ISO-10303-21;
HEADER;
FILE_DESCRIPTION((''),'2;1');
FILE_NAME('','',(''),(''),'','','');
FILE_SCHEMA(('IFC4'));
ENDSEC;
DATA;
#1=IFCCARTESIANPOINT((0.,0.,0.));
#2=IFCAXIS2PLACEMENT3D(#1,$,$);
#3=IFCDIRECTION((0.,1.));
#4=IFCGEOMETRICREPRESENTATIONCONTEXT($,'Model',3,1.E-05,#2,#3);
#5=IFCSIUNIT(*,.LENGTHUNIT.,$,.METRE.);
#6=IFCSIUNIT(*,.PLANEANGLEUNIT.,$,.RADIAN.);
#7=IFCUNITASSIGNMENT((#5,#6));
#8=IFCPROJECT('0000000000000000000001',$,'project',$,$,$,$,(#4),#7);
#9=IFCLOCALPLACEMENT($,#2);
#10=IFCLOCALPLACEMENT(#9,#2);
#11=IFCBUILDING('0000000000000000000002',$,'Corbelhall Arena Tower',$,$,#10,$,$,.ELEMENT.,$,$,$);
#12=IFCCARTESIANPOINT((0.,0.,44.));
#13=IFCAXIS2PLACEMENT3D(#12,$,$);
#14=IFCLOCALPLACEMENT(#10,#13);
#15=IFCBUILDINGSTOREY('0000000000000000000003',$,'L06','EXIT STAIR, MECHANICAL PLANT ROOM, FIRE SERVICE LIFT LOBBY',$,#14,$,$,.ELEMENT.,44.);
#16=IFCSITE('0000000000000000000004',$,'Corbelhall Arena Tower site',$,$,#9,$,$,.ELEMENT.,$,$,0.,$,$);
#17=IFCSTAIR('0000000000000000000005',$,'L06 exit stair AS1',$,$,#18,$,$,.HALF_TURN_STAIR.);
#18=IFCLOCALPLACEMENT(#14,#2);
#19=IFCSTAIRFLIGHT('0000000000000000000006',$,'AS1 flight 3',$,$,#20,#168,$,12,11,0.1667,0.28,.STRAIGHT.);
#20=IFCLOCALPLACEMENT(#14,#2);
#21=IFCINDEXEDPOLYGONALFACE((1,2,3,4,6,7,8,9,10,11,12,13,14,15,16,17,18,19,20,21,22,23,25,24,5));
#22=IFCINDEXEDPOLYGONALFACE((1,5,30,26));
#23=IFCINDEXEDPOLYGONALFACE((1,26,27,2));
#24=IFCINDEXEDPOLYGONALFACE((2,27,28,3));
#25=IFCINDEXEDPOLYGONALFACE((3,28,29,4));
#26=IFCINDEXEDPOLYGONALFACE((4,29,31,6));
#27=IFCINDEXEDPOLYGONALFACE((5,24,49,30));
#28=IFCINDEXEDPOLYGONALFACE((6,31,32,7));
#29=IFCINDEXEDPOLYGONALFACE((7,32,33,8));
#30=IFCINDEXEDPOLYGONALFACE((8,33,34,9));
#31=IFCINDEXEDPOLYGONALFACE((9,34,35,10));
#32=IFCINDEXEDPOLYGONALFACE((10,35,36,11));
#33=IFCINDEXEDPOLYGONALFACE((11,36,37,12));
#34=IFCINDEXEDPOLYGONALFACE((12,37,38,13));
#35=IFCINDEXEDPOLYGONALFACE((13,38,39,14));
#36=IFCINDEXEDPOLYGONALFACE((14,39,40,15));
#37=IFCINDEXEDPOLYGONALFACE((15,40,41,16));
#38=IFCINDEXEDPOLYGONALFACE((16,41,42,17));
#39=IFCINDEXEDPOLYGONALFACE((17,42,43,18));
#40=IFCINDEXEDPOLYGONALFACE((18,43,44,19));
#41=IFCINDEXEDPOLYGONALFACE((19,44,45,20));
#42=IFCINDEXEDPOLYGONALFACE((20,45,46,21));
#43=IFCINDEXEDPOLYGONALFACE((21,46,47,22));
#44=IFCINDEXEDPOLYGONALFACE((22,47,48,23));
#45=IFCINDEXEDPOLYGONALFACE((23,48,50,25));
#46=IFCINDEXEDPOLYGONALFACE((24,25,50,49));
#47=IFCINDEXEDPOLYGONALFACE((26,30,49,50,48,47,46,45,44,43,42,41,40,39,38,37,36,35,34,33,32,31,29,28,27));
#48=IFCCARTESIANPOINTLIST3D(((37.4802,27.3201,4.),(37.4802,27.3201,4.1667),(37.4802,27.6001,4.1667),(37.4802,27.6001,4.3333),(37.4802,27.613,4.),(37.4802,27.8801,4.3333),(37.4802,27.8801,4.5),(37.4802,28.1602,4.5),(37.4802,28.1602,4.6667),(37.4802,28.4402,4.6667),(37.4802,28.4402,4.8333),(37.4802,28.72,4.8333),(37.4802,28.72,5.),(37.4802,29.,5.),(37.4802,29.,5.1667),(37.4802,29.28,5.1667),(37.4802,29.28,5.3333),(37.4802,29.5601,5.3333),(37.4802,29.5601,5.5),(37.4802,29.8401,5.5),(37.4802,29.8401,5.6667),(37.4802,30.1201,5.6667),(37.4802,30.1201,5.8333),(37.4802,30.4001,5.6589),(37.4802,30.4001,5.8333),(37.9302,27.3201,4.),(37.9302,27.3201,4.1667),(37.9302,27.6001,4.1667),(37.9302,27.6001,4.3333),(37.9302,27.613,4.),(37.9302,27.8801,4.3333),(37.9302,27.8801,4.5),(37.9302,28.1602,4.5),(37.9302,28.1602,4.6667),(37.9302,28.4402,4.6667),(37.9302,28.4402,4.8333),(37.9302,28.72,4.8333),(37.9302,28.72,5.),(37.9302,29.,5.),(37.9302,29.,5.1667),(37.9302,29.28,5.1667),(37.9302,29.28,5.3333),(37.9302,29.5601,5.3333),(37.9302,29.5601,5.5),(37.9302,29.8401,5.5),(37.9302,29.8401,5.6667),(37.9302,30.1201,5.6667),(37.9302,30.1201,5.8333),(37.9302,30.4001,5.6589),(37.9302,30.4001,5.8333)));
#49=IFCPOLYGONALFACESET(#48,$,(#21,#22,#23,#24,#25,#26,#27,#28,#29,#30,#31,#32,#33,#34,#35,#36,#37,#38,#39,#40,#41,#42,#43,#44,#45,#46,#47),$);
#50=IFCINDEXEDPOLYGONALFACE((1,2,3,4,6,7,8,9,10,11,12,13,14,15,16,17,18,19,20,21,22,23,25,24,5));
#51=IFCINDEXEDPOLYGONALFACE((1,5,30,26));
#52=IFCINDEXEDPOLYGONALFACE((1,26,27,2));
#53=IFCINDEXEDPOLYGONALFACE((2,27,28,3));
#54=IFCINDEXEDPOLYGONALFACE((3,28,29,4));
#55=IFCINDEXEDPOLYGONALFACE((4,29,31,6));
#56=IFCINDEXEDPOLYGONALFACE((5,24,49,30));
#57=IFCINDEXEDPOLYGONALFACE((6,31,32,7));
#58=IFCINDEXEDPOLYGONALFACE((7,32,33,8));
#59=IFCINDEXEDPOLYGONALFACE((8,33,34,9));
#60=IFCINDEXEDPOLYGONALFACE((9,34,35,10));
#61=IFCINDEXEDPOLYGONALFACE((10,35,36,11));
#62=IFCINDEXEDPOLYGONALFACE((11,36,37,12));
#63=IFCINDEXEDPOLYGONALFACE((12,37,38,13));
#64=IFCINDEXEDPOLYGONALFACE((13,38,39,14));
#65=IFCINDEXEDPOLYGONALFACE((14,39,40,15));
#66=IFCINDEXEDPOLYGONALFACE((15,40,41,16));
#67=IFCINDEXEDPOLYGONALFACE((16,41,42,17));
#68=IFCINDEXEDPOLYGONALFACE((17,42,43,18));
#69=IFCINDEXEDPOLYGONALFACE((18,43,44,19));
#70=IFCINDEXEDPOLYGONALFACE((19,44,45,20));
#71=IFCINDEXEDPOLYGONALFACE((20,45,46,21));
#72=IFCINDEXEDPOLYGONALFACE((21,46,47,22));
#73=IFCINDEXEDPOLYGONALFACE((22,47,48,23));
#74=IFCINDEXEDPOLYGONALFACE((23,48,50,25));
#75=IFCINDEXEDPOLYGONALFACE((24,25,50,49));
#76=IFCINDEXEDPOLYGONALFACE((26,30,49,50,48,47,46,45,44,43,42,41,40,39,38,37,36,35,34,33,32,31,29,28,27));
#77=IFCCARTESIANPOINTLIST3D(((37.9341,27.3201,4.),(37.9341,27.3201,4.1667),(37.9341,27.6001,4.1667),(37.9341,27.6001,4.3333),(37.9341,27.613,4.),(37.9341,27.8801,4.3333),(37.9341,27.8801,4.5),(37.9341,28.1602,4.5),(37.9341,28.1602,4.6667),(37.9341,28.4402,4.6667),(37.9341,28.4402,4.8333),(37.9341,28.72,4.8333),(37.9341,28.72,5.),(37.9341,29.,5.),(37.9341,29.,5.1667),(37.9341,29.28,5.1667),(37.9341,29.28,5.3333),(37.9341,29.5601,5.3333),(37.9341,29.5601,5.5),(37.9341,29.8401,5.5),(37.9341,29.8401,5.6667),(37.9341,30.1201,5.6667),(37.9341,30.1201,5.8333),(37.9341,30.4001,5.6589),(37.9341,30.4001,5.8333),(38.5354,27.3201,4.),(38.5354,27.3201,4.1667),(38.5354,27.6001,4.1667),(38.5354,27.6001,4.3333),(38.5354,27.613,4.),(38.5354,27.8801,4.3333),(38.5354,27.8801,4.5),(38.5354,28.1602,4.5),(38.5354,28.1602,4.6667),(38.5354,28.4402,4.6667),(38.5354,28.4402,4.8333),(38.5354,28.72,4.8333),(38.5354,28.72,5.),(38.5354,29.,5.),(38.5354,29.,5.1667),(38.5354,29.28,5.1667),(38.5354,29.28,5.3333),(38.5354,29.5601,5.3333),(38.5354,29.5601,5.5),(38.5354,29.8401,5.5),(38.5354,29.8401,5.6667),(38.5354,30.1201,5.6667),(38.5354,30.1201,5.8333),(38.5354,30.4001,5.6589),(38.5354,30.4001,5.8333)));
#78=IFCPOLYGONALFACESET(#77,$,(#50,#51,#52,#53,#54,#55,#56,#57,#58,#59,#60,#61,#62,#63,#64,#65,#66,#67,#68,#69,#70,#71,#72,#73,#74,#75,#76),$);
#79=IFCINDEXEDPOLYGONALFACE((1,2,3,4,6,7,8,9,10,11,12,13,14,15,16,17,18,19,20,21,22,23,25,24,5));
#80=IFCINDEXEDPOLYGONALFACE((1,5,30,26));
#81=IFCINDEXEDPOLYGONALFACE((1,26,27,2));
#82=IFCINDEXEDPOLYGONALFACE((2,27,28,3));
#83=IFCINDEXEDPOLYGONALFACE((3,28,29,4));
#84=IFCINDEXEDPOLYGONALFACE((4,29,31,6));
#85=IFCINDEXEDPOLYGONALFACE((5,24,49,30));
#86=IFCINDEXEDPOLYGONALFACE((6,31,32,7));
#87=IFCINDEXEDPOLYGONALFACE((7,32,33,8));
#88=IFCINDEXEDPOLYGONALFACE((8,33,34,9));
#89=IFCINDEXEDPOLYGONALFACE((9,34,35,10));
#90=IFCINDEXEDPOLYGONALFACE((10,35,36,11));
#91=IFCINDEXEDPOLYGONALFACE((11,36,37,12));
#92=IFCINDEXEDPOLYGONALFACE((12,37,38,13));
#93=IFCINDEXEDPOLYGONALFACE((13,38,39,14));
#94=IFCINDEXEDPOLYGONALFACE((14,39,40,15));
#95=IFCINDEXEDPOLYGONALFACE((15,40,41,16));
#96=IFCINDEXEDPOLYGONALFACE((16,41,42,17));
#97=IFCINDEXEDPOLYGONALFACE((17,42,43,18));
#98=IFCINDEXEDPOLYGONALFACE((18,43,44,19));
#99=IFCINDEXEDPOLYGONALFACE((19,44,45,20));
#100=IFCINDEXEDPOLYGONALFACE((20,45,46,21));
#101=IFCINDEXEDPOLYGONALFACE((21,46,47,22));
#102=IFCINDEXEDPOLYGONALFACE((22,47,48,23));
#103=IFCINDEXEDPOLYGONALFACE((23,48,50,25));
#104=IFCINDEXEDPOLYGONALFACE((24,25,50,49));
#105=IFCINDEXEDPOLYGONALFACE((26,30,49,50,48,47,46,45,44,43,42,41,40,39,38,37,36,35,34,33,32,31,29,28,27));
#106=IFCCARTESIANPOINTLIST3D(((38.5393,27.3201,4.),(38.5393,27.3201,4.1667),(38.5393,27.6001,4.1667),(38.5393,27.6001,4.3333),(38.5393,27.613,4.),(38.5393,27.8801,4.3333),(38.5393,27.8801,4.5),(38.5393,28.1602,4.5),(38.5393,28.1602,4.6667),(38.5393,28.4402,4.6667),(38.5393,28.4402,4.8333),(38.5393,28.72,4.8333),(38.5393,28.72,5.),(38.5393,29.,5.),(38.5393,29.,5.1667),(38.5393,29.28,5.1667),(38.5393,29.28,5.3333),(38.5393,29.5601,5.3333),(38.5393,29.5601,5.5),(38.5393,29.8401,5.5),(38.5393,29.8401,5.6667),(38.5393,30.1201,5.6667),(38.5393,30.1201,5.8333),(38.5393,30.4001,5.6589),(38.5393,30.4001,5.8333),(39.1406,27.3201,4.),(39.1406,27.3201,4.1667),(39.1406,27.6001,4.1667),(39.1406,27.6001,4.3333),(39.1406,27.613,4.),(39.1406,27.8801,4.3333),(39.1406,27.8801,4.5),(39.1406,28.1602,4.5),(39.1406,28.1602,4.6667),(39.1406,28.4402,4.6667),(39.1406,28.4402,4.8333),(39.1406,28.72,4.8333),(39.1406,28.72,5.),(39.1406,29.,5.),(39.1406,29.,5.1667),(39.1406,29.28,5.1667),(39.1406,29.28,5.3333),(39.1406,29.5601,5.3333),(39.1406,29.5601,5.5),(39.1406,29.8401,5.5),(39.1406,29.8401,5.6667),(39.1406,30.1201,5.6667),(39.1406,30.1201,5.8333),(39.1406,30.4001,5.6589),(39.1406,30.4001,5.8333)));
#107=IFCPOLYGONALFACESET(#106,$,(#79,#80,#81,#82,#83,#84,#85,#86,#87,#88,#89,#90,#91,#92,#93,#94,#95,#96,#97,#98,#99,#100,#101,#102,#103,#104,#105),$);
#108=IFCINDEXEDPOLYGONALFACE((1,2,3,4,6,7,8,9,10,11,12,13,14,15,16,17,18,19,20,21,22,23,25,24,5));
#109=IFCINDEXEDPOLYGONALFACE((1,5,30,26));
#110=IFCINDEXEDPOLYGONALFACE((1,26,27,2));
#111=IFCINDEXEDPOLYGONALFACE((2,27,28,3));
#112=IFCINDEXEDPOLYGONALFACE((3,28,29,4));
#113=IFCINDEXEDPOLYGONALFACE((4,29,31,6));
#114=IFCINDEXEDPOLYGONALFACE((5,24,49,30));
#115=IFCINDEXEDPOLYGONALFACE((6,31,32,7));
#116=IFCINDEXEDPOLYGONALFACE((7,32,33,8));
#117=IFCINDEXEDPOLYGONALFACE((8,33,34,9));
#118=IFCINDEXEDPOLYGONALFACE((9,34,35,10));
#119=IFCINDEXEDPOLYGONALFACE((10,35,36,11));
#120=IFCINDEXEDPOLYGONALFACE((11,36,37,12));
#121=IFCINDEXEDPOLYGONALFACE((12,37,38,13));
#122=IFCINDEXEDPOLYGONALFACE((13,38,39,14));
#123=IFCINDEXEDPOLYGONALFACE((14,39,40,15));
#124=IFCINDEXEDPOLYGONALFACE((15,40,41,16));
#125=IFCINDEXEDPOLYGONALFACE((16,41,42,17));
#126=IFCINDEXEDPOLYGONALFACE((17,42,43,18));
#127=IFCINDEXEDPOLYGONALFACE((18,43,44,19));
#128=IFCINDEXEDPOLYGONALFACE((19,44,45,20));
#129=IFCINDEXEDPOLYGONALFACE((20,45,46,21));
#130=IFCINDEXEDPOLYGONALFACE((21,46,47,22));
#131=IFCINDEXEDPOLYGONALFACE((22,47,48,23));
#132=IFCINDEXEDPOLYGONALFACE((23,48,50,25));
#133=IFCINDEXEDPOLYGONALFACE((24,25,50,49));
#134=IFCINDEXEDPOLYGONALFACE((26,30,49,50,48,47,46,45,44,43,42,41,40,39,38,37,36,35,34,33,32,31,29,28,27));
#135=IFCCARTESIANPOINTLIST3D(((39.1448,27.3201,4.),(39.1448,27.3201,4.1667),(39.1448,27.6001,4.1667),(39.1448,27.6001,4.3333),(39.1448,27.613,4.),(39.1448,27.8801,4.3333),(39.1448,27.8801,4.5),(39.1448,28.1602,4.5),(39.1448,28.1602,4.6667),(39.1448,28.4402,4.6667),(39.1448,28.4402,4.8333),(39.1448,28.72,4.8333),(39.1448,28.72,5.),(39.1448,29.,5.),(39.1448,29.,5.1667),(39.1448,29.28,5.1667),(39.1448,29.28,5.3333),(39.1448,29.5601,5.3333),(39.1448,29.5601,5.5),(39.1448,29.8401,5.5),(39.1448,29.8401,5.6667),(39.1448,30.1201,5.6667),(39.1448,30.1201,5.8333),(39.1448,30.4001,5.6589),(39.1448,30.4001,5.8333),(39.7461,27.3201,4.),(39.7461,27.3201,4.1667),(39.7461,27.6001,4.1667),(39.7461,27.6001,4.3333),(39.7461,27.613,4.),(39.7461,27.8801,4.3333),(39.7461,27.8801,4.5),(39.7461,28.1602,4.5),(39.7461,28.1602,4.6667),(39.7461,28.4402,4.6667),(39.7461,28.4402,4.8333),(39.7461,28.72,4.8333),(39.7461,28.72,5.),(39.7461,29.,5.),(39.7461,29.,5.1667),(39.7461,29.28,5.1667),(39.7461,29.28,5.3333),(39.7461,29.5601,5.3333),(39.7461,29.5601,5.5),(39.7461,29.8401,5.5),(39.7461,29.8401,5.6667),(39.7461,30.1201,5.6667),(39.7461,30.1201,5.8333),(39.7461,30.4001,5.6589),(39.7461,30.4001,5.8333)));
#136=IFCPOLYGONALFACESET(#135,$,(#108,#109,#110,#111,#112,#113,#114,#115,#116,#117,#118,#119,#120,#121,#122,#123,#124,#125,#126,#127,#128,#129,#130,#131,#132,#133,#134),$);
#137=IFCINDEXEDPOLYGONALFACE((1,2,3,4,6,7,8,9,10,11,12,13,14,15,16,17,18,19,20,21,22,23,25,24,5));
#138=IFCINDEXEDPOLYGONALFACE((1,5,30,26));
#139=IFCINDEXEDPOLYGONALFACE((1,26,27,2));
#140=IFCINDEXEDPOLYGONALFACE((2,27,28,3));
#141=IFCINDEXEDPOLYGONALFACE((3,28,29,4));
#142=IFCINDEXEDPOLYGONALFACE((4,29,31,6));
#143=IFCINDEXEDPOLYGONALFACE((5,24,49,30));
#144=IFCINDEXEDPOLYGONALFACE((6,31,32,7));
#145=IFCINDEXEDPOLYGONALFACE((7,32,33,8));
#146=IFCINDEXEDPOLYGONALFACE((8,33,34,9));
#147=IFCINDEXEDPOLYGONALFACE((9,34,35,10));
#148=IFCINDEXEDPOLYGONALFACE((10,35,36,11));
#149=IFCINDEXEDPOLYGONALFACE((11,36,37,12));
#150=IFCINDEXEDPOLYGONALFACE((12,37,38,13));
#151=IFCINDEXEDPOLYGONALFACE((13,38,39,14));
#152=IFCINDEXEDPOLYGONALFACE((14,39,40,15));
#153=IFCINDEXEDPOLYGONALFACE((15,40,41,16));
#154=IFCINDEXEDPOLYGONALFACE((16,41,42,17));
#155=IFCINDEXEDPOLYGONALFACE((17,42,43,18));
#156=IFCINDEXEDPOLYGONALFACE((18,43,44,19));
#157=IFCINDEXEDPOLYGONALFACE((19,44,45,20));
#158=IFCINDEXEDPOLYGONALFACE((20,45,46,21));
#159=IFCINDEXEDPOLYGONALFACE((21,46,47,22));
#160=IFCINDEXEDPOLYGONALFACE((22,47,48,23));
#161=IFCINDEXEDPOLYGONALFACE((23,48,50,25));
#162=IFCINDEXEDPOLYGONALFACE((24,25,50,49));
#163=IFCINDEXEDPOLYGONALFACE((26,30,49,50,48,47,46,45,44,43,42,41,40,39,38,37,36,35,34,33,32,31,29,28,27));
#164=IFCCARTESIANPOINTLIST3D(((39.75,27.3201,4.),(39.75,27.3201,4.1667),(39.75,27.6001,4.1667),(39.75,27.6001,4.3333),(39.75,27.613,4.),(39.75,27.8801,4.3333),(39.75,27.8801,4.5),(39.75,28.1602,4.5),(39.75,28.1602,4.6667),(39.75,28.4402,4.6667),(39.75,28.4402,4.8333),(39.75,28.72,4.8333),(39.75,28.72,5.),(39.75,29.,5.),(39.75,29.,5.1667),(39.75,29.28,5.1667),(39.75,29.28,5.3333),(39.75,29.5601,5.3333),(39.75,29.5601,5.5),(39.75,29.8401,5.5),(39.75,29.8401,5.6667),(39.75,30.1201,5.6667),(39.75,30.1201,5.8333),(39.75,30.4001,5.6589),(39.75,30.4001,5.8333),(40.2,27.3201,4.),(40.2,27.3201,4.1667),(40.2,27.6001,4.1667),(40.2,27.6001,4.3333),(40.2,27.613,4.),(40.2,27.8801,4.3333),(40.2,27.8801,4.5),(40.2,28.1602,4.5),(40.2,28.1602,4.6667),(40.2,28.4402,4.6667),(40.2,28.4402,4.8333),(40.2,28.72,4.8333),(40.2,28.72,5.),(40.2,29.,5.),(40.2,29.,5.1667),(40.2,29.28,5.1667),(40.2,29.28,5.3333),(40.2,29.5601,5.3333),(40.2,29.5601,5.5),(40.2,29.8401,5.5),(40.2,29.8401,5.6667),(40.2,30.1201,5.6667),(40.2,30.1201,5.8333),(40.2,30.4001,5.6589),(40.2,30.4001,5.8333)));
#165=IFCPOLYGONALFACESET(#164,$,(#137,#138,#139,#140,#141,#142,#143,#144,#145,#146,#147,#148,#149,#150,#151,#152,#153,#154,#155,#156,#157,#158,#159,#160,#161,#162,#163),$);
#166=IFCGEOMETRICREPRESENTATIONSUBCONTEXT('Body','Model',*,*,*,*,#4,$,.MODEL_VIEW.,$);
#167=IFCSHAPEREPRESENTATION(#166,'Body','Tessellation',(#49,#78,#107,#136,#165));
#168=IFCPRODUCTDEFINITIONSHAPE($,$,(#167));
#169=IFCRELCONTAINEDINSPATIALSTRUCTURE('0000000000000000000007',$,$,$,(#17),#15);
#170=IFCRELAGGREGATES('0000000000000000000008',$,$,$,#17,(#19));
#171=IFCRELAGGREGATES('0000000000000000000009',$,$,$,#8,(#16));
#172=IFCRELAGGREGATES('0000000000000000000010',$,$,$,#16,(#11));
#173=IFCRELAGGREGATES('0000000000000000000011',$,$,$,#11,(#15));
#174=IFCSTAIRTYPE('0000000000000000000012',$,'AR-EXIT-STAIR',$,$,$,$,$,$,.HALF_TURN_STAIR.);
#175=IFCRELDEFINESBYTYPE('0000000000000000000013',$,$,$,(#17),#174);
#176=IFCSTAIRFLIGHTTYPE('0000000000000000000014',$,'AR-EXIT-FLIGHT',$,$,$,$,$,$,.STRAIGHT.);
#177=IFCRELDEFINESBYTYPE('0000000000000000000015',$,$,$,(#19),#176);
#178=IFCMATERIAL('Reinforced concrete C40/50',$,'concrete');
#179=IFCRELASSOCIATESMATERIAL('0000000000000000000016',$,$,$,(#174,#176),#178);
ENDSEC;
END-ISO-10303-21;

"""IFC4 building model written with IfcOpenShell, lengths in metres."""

from ifc_helpers import new_model, si_unit, direction, frame, origin, place, context, subcontext, project, spatial, polyline, outline, extrude, material, type_object, element, aggregate, save


model = new_model("IFC4")

# Units and contexts
model_context = context("Model", 3, precision=1e-05, world=origin(), true_north=direction((0.0, 1.0)))
body_context = subcontext(model_context, "Body", "Model", "MODEL_VIEW")
ifc_project = project(units=[si_unit("LENGTHUNIT", "METRE"), si_unit("PLANEANGLEUNIT", "RADIAN")], contexts=[model_context])

# Site, building, storey
site_placement = place(None, origin())
site = spatial("IfcSite", under=ifc_project, at=site_placement, Name="Corbelhall Arena Tower site", CompositionType="ELEMENT", RefElevation=0.0)
building_placement = place(site_placement, origin())
building = spatial("IfcBuilding", under=site, at=building_placement, Name="Corbelhall Arena Tower", CompositionType="ELEMENT")
storey_placement = place(building_placement, frame((0.0, 0.0, 44.0)))
storey = spatial("IfcBuildingStorey", under=building, at=storey_placement, Name="L06", Description="EXIT STAIR, MECHANICAL PLANT ROOM, FIRE SERVICE LIFT LOBBY", CompositionType="ELEMENT", Elevation=44.0)

# Shared definitions
ifc_material_1 = material(Name="Reinforced concrete C40/50", Category="concrete")

# Stair, stair flight
stair_type = type_object("IfcStairType", Name="AR-EXIT-STAIR", PredefinedType="HALF_TURN_STAIR", material=ifc_material_1)
stair_1_placement = place(storey_placement, origin())
stair_1 = element("IfcStair", 1, at=stair_1_placement, inside=storey, type_object=stair_type, Name="L06 exit stair AS1", PredefinedType="HALF_TURN_STAIR")
stair_flight_type = type_object("IfcStairFlightType", Name="AR-EXIT-FLIGHT", PredefinedType="STRAIGHT", material=ifc_material_1)
stair_flight_1_placement = place(storey_placement, frame((38.8401, 27.3201, 4.0), z_axis=(0.0, 0.0, 1.0), x_axis=(0.0, 1.0, 0.0)))
stair_flight_1 = element("IfcStairFlight", 2, at=stair_flight_1_placement, type_object=stair_flight_type, Name="AS1 flight 3", NumberOfRisers=12, NumberOfTreads=11, PredefinedType="STRAIGHT", RiserHeight=0.1667, TreadLength=0.28, context=body_context, shape_type="SweptSolid", body=[
    extrude(outline(polyline([(0.0, 0.0), (0.0, 0.1667), (0.28, 0.1667), (0.28, 0.3333), (0.5601, 0.3333), (0.5601, 0.5), (0.8401, 0.5), (0.8401, 0.6667), (1.1201, 0.6667), (1.1201, 0.8333), (1.3999, 0.8333), (1.3999, 1.0), (1.6799, 1.0), (1.6799, 1.1667), (1.96, 1.1667), (1.96, 1.3333), (2.24, 1.3333), (2.24, 1.5), (2.52, 1.5), (2.52, 1.6667), (2.8, 1.6667), (2.8, 1.8333), (3.0801, 1.8333), (3.0801, 2.0), (3.0801, 1.6589), (0.293, 0.0), (0.0, 0.0)])), frame((0.0, 1.3599, 0.0), z_axis=(0.0, -1.0, 0.0), x_axis=(1.0, 0.0, 0.0)), (0.0, 0.0, 1.0), 0.45),
    extrude(outline(polyline([(0.0, 0.0), (0.0, 0.1667), (0.28, 0.1667), (0.28, 0.3333), (0.5601, 0.3333), (0.5601, 0.5), (0.8401, 0.5), (0.8401, 0.6667), (1.1201, 0.6667), (1.1201, 0.8333), (1.3999, 0.8333), (1.3999, 1.0), (1.6799, 1.0), (1.6799, 1.1667), (1.96, 1.1667), (1.96, 1.3333), (2.24, 1.3333), (2.24, 1.5), (2.52, 1.5), (2.52, 1.6667), (2.8, 1.6667), (2.8, 1.8333), (3.0801, 1.8333), (3.0801, 2.0), (3.0801, 1.6589), (0.293, 0.0), (0.0, 0.0)])), frame((0.0, 0.906, 0.0), z_axis=(0.0, -1.0, 0.0), x_axis=(1.0, 0.0, 0.0)), (0.0, 0.0, 1.0), 0.6013),
    extrude(outline(polyline([(0.0, 0.0), (0.0, 0.1667), (0.28, 0.1667), (0.28, 0.3333), (0.5601, 0.3333), (0.5601, 0.5), (0.8401, 0.5), (0.8401, 0.6667), (1.1201, 0.6667), (1.1201, 0.8333), (1.3999, 0.8333), (1.3999, 1.0), (1.6799, 1.0), (1.6799, 1.1667), (1.96, 1.1667), (1.96, 1.3333), (2.24, 1.3333), (2.24, 1.5), (2.52, 1.5), (2.52, 1.6667), (2.8, 1.6667), (2.8, 1.8333), (3.0801, 1.8333), (3.0801, 2.0), (3.0801, 1.6589), (0.293, 0.0), (0.0, 0.0)])), frame((0.0, 0.3008, 0.0), z_axis=(0.0, -1.0, 0.0), x_axis=(1.0, 0.0, 0.0)), (0.0, 0.0, 1.0), 0.6013),
    extrude(outline(polyline([(0.0, 0.0), (0.0, 0.1667), (0.28, 0.1667), (0.28, 0.3333), (0.5601, 0.3333), (0.5601, 0.5), (0.8401, 0.5), (0.8401, 0.6667), (1.1201, 0.6667), (1.1201, 0.8333), (1.3999, 0.8333), (1.3999, 1.0), (1.6799, 1.0), (1.6799, 1.1667), (1.96, 1.1667), (1.96, 1.3333), (2.24, 1.3333), (2.24, 1.5), (2.52, 1.5), (2.52, 1.6667), (2.8, 1.6667), (2.8, 1.8333), (3.0801, 1.8333), (3.0801, 2.0), (3.0801, 1.6589), (0.293, 0.0), (0.0, 0.0)])), frame((0.0, -0.3047, 0.0), z_axis=(0.0, -1.0, 0.0), x_axis=(1.0, 0.0, 0.0)), (0.0, 0.0, 1.0), 0.6013),
    extrude(outline(polyline([(0.0, 0.0), (0.0, 0.1667), (0.28, 0.1667), (0.28, 0.3333), (0.5601, 0.3333), (0.5601, 0.5), (0.8401, 0.5), (0.8401, 0.6667), (1.1201, 0.6667), (1.1201, 0.8333), (1.3999, 0.8333), (1.3999, 1.0), (1.6799, 1.0), (1.6799, 1.1667), (1.96, 1.1667), (1.96, 1.3333), (2.24, 1.3333), (2.24, 1.5), (2.52, 1.5), (2.52, 1.6667), (2.8, 1.6667), (2.8, 1.8333), (3.0801, 1.8333), (3.0801, 2.0), (3.0801, 1.6589), (0.293, 0.0), (0.0, 0.0)])), frame((0.0, -0.9099, 0.0), z_axis=(0.0, -1.0, 0.0), x_axis=(1.0, 0.0, 0.0)), (0.0, 0.0, 1.0), 0.45),
])
aggregate(stair_1, [stair_flight_1])

save(model, "model.ifc")
